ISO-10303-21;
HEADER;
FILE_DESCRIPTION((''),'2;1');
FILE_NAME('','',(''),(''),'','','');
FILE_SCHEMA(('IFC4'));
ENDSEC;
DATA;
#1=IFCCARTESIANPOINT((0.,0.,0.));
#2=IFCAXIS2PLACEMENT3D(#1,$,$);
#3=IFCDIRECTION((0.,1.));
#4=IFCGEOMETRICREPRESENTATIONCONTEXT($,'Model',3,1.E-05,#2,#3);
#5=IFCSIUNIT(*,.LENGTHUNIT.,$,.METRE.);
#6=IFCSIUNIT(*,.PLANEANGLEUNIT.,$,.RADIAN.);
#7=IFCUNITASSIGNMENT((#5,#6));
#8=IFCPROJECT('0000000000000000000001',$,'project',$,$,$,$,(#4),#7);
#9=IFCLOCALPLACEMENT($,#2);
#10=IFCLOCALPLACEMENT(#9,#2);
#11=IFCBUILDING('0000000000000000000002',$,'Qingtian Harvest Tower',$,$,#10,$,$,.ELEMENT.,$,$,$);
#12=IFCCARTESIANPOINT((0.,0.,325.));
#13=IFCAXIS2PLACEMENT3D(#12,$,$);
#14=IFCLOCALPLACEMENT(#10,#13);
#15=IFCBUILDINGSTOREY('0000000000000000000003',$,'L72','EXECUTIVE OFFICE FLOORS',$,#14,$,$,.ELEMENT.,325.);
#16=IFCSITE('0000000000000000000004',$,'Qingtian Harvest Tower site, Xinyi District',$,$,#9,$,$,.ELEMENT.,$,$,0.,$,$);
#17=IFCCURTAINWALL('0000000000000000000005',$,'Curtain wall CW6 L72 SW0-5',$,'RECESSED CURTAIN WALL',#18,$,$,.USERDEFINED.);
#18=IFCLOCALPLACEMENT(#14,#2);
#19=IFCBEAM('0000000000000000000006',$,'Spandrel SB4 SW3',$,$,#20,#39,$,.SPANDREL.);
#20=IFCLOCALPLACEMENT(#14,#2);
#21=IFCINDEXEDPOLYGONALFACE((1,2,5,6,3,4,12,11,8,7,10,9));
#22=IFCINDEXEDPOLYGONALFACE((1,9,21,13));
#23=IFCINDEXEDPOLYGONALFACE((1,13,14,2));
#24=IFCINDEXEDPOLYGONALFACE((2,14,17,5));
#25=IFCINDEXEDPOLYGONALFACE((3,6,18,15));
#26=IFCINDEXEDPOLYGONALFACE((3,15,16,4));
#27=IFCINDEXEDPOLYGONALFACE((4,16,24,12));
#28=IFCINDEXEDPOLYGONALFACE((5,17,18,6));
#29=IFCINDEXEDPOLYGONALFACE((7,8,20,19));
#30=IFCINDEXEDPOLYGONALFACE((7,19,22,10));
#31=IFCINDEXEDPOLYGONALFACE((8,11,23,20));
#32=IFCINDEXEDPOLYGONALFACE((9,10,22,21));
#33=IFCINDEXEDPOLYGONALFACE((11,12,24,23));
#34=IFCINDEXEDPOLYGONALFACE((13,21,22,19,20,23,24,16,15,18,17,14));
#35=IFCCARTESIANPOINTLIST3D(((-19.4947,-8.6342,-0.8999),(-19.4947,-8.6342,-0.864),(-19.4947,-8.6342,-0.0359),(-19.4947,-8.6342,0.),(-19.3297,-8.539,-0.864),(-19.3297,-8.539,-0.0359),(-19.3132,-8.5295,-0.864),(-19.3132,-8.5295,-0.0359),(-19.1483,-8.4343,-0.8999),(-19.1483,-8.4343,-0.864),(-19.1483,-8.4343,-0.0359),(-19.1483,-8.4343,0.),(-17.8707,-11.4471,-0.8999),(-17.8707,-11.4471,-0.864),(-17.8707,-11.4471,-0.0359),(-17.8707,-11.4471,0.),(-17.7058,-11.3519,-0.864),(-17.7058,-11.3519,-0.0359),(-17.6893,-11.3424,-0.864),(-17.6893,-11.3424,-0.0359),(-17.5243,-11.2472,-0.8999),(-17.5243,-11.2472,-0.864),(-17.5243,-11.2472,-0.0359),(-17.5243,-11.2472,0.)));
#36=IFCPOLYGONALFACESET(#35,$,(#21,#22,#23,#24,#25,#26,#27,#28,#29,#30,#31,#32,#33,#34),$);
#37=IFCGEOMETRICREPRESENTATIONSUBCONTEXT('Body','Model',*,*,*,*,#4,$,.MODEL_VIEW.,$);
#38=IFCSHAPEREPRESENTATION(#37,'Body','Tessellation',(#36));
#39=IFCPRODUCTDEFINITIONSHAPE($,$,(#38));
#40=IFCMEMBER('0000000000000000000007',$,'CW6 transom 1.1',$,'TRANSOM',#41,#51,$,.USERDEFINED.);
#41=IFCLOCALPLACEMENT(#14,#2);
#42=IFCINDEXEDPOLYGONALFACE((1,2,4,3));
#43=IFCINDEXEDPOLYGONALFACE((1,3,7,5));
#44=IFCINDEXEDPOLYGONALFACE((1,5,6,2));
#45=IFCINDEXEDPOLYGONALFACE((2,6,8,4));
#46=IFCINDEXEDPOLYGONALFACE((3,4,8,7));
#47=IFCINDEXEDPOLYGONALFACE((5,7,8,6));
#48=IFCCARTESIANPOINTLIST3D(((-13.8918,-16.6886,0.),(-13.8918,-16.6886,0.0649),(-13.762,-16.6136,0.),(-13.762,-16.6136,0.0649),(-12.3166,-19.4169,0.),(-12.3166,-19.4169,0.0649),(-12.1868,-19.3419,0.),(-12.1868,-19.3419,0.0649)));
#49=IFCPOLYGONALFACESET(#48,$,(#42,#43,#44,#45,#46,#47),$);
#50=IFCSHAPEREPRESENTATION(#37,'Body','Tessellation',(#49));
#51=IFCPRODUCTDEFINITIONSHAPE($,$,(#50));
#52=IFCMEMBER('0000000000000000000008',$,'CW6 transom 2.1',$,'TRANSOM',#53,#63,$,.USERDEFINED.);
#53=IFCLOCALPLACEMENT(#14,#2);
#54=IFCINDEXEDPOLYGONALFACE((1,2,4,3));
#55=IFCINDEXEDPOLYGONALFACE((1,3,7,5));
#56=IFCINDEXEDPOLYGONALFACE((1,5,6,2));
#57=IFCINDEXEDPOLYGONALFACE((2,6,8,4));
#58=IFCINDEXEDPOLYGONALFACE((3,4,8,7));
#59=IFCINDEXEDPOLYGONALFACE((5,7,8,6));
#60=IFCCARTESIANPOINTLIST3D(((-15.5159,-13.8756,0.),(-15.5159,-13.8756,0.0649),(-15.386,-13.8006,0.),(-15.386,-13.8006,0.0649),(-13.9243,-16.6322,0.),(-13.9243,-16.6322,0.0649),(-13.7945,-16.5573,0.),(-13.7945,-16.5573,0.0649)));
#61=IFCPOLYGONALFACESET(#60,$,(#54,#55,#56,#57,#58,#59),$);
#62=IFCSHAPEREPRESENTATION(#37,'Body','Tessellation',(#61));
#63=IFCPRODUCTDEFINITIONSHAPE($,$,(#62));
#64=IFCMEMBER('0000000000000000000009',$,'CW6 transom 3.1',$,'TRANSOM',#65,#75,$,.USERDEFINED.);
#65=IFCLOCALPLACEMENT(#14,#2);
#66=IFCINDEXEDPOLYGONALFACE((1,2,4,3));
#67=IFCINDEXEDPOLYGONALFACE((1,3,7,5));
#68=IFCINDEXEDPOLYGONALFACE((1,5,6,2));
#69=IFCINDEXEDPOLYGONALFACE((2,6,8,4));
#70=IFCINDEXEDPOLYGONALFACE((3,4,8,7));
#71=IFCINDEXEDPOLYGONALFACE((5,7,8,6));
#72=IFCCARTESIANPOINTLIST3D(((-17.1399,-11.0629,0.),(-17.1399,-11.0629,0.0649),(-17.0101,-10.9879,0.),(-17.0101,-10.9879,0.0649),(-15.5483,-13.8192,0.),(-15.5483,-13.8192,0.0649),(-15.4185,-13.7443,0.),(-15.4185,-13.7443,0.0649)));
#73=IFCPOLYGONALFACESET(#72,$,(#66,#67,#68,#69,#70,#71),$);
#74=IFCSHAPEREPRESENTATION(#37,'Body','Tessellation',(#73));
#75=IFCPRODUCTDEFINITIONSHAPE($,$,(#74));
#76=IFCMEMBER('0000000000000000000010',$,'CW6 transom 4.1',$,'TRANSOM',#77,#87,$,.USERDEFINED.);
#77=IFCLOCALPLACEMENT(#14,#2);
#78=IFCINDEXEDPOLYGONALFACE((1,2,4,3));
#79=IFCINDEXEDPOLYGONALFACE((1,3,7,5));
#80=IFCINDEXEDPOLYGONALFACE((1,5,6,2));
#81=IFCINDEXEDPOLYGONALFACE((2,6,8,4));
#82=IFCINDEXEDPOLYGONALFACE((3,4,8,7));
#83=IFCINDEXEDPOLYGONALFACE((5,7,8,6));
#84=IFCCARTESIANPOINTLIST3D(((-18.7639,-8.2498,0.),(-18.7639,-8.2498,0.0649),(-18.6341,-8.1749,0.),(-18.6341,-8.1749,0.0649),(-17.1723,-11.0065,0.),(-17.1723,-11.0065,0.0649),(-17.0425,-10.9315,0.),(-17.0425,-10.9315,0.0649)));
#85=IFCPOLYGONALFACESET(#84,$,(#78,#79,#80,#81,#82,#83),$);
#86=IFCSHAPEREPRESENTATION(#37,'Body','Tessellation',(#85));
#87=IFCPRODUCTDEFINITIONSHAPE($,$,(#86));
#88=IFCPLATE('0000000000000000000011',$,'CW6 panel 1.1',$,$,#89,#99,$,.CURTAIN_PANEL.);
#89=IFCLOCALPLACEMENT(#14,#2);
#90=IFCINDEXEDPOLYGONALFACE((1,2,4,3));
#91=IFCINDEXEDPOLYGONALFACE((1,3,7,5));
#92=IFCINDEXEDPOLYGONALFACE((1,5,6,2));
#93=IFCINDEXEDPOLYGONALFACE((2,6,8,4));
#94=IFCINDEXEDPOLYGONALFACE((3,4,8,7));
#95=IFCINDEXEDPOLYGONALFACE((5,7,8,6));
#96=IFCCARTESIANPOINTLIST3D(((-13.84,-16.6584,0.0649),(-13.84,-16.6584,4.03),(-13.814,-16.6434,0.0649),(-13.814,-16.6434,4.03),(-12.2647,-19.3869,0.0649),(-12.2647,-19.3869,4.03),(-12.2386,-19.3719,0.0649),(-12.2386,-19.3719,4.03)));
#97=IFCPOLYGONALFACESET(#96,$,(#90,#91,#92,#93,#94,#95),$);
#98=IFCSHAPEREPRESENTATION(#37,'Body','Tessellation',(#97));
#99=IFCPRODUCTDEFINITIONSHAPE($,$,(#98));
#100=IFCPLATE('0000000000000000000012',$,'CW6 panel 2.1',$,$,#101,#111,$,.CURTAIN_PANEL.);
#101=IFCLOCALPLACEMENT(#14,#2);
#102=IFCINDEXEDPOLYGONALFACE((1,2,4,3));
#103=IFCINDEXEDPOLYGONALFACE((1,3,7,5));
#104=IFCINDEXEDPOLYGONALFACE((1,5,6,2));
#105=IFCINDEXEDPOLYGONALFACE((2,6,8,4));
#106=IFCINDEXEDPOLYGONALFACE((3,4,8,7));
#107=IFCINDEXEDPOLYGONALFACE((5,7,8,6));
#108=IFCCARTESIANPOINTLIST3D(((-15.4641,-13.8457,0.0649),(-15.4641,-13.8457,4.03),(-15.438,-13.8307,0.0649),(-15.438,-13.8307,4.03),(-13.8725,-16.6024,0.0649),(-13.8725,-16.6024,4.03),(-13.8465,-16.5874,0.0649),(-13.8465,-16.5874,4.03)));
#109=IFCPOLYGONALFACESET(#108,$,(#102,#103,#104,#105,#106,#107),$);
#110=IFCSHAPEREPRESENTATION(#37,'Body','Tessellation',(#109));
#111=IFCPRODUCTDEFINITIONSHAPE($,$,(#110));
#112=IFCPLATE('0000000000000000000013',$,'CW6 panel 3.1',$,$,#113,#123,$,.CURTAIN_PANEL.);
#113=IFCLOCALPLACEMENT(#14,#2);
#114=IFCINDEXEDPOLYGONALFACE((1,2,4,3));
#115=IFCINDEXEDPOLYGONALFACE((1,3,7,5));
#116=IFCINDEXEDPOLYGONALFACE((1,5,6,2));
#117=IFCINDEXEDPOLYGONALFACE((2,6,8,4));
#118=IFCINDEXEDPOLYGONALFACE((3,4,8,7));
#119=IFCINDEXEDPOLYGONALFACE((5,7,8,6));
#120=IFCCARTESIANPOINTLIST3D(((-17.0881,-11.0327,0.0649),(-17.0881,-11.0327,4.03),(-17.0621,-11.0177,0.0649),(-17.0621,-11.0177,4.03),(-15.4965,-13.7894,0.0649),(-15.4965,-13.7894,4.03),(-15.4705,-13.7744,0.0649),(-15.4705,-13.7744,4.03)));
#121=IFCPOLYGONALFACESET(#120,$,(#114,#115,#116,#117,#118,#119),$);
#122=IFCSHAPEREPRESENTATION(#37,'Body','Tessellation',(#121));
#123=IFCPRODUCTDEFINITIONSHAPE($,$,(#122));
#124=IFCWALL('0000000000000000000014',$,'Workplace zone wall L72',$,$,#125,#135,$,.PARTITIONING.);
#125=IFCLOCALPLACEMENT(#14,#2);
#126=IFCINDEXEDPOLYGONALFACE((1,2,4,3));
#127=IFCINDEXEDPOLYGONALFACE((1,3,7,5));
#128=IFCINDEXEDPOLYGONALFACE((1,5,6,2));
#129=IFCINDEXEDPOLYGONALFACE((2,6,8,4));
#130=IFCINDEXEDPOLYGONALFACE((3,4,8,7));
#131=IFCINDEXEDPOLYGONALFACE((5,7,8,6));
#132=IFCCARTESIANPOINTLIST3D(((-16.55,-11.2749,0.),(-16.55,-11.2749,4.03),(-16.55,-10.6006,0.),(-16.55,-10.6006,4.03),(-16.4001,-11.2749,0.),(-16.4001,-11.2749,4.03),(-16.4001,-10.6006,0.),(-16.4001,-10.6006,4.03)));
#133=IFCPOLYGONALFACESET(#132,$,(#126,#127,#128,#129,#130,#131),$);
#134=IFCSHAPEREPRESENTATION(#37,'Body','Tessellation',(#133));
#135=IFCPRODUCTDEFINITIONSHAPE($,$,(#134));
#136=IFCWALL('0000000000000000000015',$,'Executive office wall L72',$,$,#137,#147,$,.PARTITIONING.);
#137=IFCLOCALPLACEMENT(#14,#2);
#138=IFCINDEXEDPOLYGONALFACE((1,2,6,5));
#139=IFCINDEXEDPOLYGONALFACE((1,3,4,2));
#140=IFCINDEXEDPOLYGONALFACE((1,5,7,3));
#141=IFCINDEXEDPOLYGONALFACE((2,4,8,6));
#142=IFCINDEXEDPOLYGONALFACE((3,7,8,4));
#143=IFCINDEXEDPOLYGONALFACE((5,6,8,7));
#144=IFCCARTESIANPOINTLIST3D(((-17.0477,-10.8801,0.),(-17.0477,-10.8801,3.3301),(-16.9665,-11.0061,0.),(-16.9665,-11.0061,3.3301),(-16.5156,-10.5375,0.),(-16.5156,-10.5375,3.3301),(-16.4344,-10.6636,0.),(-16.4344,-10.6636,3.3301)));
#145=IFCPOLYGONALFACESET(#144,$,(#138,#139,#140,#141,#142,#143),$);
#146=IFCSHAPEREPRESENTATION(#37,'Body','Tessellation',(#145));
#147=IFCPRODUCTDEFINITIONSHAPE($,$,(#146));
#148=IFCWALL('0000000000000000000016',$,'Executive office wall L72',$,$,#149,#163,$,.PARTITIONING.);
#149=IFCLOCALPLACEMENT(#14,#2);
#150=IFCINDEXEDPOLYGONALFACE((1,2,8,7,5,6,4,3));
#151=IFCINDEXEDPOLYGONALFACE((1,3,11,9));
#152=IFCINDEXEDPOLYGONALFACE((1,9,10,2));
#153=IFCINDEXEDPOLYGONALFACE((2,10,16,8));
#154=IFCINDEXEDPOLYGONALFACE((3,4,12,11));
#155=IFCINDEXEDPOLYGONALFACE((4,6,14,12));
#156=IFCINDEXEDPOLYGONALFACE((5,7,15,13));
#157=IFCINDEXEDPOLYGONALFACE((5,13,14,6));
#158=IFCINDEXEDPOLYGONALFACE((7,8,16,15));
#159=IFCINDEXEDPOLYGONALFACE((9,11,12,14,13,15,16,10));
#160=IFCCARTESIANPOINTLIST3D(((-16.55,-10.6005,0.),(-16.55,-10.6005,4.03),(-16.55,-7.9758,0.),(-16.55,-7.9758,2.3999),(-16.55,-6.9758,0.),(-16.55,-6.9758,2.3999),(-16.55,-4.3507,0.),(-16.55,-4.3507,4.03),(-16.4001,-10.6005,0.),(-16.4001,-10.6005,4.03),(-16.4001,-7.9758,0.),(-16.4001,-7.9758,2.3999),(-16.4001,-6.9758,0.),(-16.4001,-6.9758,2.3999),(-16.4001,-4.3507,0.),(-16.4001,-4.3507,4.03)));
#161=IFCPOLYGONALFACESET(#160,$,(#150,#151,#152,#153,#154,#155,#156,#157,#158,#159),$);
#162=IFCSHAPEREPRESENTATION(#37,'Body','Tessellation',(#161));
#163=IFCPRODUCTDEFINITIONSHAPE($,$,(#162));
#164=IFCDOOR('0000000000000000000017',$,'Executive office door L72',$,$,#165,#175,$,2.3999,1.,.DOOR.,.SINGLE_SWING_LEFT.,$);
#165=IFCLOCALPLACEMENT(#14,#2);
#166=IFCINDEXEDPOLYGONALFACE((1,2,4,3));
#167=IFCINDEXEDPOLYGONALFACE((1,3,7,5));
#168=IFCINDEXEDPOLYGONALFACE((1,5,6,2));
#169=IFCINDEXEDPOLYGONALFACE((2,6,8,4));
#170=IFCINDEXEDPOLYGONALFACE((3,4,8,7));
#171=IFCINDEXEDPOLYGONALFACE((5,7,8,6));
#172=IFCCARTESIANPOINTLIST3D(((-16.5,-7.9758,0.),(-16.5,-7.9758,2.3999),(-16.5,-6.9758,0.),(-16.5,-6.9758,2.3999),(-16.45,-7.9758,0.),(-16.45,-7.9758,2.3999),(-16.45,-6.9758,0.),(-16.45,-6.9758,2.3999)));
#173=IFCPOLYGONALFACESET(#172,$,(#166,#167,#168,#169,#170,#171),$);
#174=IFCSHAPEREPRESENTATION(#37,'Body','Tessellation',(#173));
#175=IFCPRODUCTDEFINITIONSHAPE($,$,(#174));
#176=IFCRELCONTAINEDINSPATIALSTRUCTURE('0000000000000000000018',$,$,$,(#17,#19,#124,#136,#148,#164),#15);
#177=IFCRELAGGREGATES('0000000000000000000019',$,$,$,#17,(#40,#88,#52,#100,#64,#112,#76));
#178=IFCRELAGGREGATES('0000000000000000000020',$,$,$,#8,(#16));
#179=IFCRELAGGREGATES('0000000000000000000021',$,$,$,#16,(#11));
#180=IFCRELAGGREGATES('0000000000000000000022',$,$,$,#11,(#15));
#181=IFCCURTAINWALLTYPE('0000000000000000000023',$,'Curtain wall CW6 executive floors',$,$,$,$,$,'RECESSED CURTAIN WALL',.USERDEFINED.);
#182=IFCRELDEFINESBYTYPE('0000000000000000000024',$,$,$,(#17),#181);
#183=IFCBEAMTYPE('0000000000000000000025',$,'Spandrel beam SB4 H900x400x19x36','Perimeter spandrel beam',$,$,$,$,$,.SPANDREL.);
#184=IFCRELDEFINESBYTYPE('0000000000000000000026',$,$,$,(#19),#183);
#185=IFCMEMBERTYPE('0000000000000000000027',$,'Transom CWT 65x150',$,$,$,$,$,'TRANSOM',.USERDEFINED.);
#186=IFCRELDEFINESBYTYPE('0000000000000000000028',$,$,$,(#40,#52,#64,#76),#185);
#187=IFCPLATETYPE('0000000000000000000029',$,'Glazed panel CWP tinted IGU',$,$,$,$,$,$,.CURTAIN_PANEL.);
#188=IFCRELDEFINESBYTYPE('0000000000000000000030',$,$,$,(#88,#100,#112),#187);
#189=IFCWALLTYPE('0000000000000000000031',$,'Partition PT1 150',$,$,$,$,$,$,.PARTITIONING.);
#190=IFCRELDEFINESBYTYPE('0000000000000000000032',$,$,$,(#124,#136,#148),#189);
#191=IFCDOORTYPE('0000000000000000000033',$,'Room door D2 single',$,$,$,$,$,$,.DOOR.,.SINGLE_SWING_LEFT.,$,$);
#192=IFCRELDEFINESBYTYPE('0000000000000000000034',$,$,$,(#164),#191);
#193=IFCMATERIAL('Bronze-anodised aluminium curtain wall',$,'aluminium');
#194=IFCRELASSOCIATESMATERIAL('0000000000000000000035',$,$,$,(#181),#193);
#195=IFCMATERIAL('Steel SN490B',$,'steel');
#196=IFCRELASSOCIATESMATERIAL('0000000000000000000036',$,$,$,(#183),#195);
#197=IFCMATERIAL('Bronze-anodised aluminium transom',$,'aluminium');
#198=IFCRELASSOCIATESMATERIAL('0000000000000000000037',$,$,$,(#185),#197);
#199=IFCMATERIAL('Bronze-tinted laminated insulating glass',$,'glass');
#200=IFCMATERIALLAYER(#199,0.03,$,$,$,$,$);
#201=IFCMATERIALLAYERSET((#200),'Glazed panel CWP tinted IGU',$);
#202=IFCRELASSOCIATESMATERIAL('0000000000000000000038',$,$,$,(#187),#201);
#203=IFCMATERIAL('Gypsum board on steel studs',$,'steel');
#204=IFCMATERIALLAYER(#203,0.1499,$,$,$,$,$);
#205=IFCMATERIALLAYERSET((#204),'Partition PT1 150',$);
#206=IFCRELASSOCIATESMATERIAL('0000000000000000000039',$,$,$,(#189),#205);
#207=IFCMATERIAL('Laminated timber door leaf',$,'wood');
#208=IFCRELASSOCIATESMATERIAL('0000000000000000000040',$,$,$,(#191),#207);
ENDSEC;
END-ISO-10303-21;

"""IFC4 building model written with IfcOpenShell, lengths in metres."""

from ifc_helpers import new_model, si_unit, direction, frame, frame_2d, origin, origin_2d, place, context, subcontext, project, spatial, rectangle, i_section, extrude, material, layer, layer_set, material_profile, profile_set, type_object, element, fill, aggregate, save


model = new_model("IFC4")

# Units and contexts
model_context = context("Model", 3, precision=1e-05, world=origin(), true_north=direction((0.0, 1.0)))
body_context = subcontext(model_context, "Body", "Model", "MODEL_VIEW")
ifc_project = project(units=[si_unit("LENGTHUNIT", "METRE"), si_unit("PLANEANGLEUNIT", "RADIAN")], contexts=[model_context])

# Site, building, storey
site_placement = place(None, origin())
site = spatial("IfcSite", under=ifc_project, at=site_placement, Name="Qingtian Harvest Tower site, Xinyi District", CompositionType="ELEMENT", RefElevation=0.0)
building_placement = place(site_placement, origin())
building = spatial("IfcBuilding", under=site, at=building_placement, Name="Qingtian Harvest Tower", CompositionType="ELEMENT")
storey_placement = place(building_placement, frame((0.0, 0.0, 325.0)))
storey = spatial("IfcBuildingStorey", under=building, at=storey_placement, Name="L72", Description="EXECUTIVE OFFICE FLOORS", CompositionType="ELEMENT", Elevation=325.0)

# Shared definitions
ifc_material_1 = material(Name="Bronze-anodised aluminium curtain wall", Category="aluminium")
curtain_wall_type = type_object("IfcCurtainWallType", Name="Curtain wall CW6 executive floors", ElementType="RECESSED CURTAIN WALL", PredefinedType="USERDEFINED", material=ifc_material_1)

# Curtain wall
curtain_wall_1_placement = place(storey_placement, origin())
curtain_wall_1 = element("IfcCurtainWall", 1, at=curtain_wall_1_placement, inside=storey, type_object=curtain_wall_type, Name="Curtain wall CW6 L72 SW0-5", ObjectType="RECESSED CURTAIN WALL", PredefinedType="USERDEFINED")

# Beam
ifc_material_2 = material(Name="Steel SN490B", Category="steel")
ifc_material_profile_1 = material_profile(ifc_material_2, i_section(OverallWidth=0.3999, OverallDepth=0.8999, WebThickness=0.019, FlangeThickness=0.0359, at=origin_2d()), Name="H900x400x19x36")
ifc_profile_set_1 = profile_set([ifc_material_profile_1], Name="Steel SN490B")
beam_type_1 = type_object("IfcBeamType", Name="Spandrel beam SB4 H900x400x19x36", Description="Perimeter spandrel beam", PredefinedType="SPANDREL", material=ifc_profile_set_1)
beam_1_placement = place(storey_placement, frame((-17.6975, -11.3472, -0.45), z_axis=(-0.499987, 0.866033, 0.0), x_axis=(-0.866033, -0.499987, 0.0)))
element("IfcBeam", 2, at=beam_1_placement, inside=storey, type_object=beam_type_1, Name="Spandrel SB4 SW3", PredefinedType="SPANDREL", context=body_context, shape_type="SweptSolid", body=[
    extrude(i_section(OverallWidth=0.3999, OverallDepth=0.8999, WebThickness=0.019, FlangeThickness=0.0359, at=origin_2d()), origin(), (0.0, 0.0, 1.0), 3.248),
])

# Members
ifc_material_3 = material(Name="Bronze-anodised aluminium transom", Category="aluminium")
ifc_material_profile_2 = material_profile(ifc_material_3, rectangle(XDim=0.1499, YDim=0.0649, at=origin_2d()), Name="AL 65x150")
ifc_profile_set_2 = profile_set([ifc_material_profile_2], Name="Bronze-anodised aluminium transom")
member_type_1 = type_object("IfcMemberType", Name="Transom CWT 65x150", ElementType="TRANSOM", PredefinedType="USERDEFINED", material=ifc_profile_set_2)
member_1_placement = place(storey_placement, frame((-12.2517, -19.3794, 0.0325), z_axis=(-0.500006, 0.866022, 0.0), x_axis=(-0.866022, -0.500006, 0.0)))
member_1 = element("IfcMember", 3, at=member_1_placement, type_object=member_type_1, Name="CW6 transom 1.1", ObjectType="TRANSOM", PredefinedType="USERDEFINED", context=body_context, shape_type="SweptSolid", body=[
    extrude(rectangle(XDim=0.1499, YDim=0.0649, at=origin_2d()), origin(), (0.0, 0.0, 1.0), 3.1504),
])
member_2_placement = place(storey_placement, frame((-13.8594, -16.5947, 0.0325), z_axis=(-0.500008, 0.866021, 0.0), x_axis=(-0.866021, -0.500008, 0.0)))
member_2 = element("IfcMember", 4, at=member_2_placement, type_object=member_type_1, Name="CW6 transom 2.1", ObjectType="TRANSOM", PredefinedType="USERDEFINED", context=body_context, shape_type="SweptSolid", body=[
    extrude(rectangle(XDim=0.1499, YDim=0.0649, at=origin_2d()), origin(), (0.0, 0.0, 1.0), 3.1831),
])
member_3_placement = place(storey_placement, frame((-15.4834, -13.7817, 0.0325), z_axis=(-0.500041, 0.866002, 0.0), x_axis=(-0.866002, -0.500041, 0.0)))
member_3 = element("IfcMember", 5, at=member_3_placement, type_object=member_type_1, Name="CW6 transom 3.1", ObjectType="TRANSOM", PredefinedType="USERDEFINED", context=body_context, shape_type="SweptSolid", body=[
    extrude(rectangle(XDim=0.1499, YDim=0.0649, at=origin_2d()), origin(), (0.0, 0.0, 1.0), 3.1829),
])
member_4_placement = place(storey_placement, frame((-17.1074, -10.969, 0.0325), z_axis=(-0.500008, 0.866021, 0.0), x_axis=(-0.866021, -0.500008, 0.0)))
member_4 = element("IfcMember", 6, at=member_4_placement, type_object=member_type_1, Name="CW6 transom 4.1", ObjectType="TRANSOM", PredefinedType="USERDEFINED", context=body_context, shape_type="SweptSolid", body=[
    extrude(rectangle(XDim=0.1499, YDim=0.0649, at=origin_2d()), origin(), (0.0, 0.0, 1.0), 3.1831),
])

# Plates
ifc_material_4 = material(Name="Bronze-tinted laminated insulating glass", Category="glass")
ifc_layer_1 = layer(ifc_material_4, 0.03)
ifc_layer_set_1 = layer_set([ifc_layer_1], Name="Glazed panel CWP tinted IGU")
plate_type = type_object("IfcPlateType", Name="Glazed panel CWP tinted IGU", PredefinedType="CURTAIN_PANEL", material=ifc_layer_set_1)
plate_1_placement = place(storey_placement, frame((-13.0393, -18.0151, 0.0649), z_axis=(0.0, 0.0, 1.0), x_axis=(-0.5, 0.866025, 0.0)))
plate_1 = element("IfcPlate", 7, at=plate_1_placement, type_object=plate_type, Name="CW6 panel 1.1", PredefinedType="CURTAIN_PANEL", context=body_context, shape_type="SweptSolid", body=[
    extrude(rectangle(XDim=3.1506, YDim=0.03, at=origin_2d()), origin(), (0.0, 0.0, 1.0), 3.9651),
])
plate_2_placement = place(storey_placement, frame((-14.6553, -15.2166, 0.0649), z_axis=(0.0, 0.0, 1.0), x_axis=(-0.5, 0.866025, 0.0)))
plate_2 = element("IfcPlate", 8, at=plate_2_placement, type_object=plate_type, Name="CW6 panel 2.1", PredefinedType="CURTAIN_PANEL", context=body_context, shape_type="SweptSolid", body=[
    extrude(rectangle(XDim=3.1831, YDim=0.03, at=origin_2d()), origin(), (0.0, 0.0, 1.0), 3.9651),
])
plate_3_placement = place(storey_placement, frame((-16.2793, -12.4036, 0.0649), z_axis=(0.0, 0.0, 1.0), x_axis=(-0.5, 0.866025, 0.0)))
plate_3 = element("IfcPlate", 9, at=plate_3_placement, type_object=plate_type, Name="CW6 panel 3.1", PredefinedType="CURTAIN_PANEL", context=body_context, shape_type="SweptSolid", body=[
    extrude(rectangle(XDim=3.1831, YDim=0.03, at=origin_2d()), origin(), (0.0, 0.0, 1.0), 3.9651),
])
aggregate(curtain_wall_1, [member_1, plate_1, member_2, plate_2, member_3, plate_3, member_4])

# Walls
ifc_material_5 = material(Name="Gypsum board on steel studs", Category="steel")
ifc_layer_2 = layer(ifc_material_5, 0.1499)
ifc_layer_set_2 = layer_set([ifc_layer_2], Name="Partition PT1 150")
wall_type = type_object("IfcWallType", Name="Partition PT1 150", PredefinedType="PARTITIONING", material=ifc_layer_set_2)
wall_1_placement = place(storey_placement, frame((-16.4751, -11.2749, 0.0), z_axis=(0.0, 0.0, 1.0), x_axis=(0.0, 1.0, 0.0)))
element("IfcWall", 10, at=wall_1_placement, inside=storey, type_object=wall_type, Name="Workplace zone wall L72", PredefinedType="PARTITIONING", context=body_context, shape_type="SweptSolid", body=[
    extrude(rectangle(XDim=0.6743, YDim=0.1499, at=frame_2d((0.3372, 0.0))), origin(), (0.0, 0.0, 1.0), 4.03),
])
wall_2_placement = place(storey_placement, frame((-17.0071, -10.9431, 0.0), z_axis=(0.0, 0.0, 1.0), x_axis=(0.84079, 0.541362, 0.0)))
element("IfcWall", 11, at=wall_2_placement, inside=storey, type_object=wall_type, Name="Executive office wall L72", PredefinedType="PARTITIONING", context=body_context, shape_type="SweptSolid", body=[
    extrude(rectangle(XDim=0.6328, YDim=0.1499, at=frame_2d((0.3164, 0.0))), origin(), (0.0, 0.0, 1.0), 3.3301),
])

# Wall, opening, door
wall_3_placement = place(storey_placement, frame((-16.4751, -10.6006, 0.0), z_axis=(0.0, 0.0, 1.0), x_axis=(0.0, 1.0, 0.0)))
wall_3 = element("IfcWall", 12, at=wall_3_placement, inside=storey, type_object=wall_type, Name="Executive office wall L72", PredefinedType="PARTITIONING", context=body_context, shape_type="SweptSolid", body=[
    extrude(rectangle(XDim=6.2498, YDim=0.1499, at=frame_2d((3.125, 0.0))), origin(), (0.0, 0.0, 1.0), 4.03),
])
opening_placement = place(wall_3_placement, frame((2.6248, 0.0, 0.0)))
opening = element("IfcOpeningElement", 13, at=opening_placement, cuts=wall_3, PredefinedType="OPENING", context=body_context, shape_type="SweptSolid", body=[
    extrude(rectangle(XDim=1.0, YDim=2.3999, at=frame_2d((0.5, 1.2))), frame((0.0, 0.085, 0.0), z_axis=(0.0, -1.0, 0.0), x_axis=(1.0, 0.0, 0.0)), (0.0, 0.0, 1.0), 0.1699),
])
ifc_material_6 = material(Name="Laminated timber door leaf", Category="wood")
door_type = type_object("IfcDoorType", Name="Room door D2 single", OperationType="SINGLE_SWING_LEFT", PredefinedType="DOOR", material=ifc_material_6)
door_placement = place(opening_placement, origin())
door = element("IfcDoor", 14, at=door_placement, inside=storey, type_object=door_type, Name="Executive office door L72", OperationType="SINGLE_SWING_LEFT", OverallHeight=2.3999, OverallWidth=1.0, PredefinedType="DOOR", context=body_context, shape_type="SweptSolid", body=[
    extrude(rectangle(XDim=1.0, YDim=2.3999, at=frame_2d((0.5, 1.2))), frame((0.0, 0.0249, 0.0), z_axis=(0.0, -1.0, 0.0), x_axis=(1.0, 0.0, 0.0)), (0.0, 0.0, 1.0), 0.05),
])
fill(opening, door)

save(model, "model.ifc")
